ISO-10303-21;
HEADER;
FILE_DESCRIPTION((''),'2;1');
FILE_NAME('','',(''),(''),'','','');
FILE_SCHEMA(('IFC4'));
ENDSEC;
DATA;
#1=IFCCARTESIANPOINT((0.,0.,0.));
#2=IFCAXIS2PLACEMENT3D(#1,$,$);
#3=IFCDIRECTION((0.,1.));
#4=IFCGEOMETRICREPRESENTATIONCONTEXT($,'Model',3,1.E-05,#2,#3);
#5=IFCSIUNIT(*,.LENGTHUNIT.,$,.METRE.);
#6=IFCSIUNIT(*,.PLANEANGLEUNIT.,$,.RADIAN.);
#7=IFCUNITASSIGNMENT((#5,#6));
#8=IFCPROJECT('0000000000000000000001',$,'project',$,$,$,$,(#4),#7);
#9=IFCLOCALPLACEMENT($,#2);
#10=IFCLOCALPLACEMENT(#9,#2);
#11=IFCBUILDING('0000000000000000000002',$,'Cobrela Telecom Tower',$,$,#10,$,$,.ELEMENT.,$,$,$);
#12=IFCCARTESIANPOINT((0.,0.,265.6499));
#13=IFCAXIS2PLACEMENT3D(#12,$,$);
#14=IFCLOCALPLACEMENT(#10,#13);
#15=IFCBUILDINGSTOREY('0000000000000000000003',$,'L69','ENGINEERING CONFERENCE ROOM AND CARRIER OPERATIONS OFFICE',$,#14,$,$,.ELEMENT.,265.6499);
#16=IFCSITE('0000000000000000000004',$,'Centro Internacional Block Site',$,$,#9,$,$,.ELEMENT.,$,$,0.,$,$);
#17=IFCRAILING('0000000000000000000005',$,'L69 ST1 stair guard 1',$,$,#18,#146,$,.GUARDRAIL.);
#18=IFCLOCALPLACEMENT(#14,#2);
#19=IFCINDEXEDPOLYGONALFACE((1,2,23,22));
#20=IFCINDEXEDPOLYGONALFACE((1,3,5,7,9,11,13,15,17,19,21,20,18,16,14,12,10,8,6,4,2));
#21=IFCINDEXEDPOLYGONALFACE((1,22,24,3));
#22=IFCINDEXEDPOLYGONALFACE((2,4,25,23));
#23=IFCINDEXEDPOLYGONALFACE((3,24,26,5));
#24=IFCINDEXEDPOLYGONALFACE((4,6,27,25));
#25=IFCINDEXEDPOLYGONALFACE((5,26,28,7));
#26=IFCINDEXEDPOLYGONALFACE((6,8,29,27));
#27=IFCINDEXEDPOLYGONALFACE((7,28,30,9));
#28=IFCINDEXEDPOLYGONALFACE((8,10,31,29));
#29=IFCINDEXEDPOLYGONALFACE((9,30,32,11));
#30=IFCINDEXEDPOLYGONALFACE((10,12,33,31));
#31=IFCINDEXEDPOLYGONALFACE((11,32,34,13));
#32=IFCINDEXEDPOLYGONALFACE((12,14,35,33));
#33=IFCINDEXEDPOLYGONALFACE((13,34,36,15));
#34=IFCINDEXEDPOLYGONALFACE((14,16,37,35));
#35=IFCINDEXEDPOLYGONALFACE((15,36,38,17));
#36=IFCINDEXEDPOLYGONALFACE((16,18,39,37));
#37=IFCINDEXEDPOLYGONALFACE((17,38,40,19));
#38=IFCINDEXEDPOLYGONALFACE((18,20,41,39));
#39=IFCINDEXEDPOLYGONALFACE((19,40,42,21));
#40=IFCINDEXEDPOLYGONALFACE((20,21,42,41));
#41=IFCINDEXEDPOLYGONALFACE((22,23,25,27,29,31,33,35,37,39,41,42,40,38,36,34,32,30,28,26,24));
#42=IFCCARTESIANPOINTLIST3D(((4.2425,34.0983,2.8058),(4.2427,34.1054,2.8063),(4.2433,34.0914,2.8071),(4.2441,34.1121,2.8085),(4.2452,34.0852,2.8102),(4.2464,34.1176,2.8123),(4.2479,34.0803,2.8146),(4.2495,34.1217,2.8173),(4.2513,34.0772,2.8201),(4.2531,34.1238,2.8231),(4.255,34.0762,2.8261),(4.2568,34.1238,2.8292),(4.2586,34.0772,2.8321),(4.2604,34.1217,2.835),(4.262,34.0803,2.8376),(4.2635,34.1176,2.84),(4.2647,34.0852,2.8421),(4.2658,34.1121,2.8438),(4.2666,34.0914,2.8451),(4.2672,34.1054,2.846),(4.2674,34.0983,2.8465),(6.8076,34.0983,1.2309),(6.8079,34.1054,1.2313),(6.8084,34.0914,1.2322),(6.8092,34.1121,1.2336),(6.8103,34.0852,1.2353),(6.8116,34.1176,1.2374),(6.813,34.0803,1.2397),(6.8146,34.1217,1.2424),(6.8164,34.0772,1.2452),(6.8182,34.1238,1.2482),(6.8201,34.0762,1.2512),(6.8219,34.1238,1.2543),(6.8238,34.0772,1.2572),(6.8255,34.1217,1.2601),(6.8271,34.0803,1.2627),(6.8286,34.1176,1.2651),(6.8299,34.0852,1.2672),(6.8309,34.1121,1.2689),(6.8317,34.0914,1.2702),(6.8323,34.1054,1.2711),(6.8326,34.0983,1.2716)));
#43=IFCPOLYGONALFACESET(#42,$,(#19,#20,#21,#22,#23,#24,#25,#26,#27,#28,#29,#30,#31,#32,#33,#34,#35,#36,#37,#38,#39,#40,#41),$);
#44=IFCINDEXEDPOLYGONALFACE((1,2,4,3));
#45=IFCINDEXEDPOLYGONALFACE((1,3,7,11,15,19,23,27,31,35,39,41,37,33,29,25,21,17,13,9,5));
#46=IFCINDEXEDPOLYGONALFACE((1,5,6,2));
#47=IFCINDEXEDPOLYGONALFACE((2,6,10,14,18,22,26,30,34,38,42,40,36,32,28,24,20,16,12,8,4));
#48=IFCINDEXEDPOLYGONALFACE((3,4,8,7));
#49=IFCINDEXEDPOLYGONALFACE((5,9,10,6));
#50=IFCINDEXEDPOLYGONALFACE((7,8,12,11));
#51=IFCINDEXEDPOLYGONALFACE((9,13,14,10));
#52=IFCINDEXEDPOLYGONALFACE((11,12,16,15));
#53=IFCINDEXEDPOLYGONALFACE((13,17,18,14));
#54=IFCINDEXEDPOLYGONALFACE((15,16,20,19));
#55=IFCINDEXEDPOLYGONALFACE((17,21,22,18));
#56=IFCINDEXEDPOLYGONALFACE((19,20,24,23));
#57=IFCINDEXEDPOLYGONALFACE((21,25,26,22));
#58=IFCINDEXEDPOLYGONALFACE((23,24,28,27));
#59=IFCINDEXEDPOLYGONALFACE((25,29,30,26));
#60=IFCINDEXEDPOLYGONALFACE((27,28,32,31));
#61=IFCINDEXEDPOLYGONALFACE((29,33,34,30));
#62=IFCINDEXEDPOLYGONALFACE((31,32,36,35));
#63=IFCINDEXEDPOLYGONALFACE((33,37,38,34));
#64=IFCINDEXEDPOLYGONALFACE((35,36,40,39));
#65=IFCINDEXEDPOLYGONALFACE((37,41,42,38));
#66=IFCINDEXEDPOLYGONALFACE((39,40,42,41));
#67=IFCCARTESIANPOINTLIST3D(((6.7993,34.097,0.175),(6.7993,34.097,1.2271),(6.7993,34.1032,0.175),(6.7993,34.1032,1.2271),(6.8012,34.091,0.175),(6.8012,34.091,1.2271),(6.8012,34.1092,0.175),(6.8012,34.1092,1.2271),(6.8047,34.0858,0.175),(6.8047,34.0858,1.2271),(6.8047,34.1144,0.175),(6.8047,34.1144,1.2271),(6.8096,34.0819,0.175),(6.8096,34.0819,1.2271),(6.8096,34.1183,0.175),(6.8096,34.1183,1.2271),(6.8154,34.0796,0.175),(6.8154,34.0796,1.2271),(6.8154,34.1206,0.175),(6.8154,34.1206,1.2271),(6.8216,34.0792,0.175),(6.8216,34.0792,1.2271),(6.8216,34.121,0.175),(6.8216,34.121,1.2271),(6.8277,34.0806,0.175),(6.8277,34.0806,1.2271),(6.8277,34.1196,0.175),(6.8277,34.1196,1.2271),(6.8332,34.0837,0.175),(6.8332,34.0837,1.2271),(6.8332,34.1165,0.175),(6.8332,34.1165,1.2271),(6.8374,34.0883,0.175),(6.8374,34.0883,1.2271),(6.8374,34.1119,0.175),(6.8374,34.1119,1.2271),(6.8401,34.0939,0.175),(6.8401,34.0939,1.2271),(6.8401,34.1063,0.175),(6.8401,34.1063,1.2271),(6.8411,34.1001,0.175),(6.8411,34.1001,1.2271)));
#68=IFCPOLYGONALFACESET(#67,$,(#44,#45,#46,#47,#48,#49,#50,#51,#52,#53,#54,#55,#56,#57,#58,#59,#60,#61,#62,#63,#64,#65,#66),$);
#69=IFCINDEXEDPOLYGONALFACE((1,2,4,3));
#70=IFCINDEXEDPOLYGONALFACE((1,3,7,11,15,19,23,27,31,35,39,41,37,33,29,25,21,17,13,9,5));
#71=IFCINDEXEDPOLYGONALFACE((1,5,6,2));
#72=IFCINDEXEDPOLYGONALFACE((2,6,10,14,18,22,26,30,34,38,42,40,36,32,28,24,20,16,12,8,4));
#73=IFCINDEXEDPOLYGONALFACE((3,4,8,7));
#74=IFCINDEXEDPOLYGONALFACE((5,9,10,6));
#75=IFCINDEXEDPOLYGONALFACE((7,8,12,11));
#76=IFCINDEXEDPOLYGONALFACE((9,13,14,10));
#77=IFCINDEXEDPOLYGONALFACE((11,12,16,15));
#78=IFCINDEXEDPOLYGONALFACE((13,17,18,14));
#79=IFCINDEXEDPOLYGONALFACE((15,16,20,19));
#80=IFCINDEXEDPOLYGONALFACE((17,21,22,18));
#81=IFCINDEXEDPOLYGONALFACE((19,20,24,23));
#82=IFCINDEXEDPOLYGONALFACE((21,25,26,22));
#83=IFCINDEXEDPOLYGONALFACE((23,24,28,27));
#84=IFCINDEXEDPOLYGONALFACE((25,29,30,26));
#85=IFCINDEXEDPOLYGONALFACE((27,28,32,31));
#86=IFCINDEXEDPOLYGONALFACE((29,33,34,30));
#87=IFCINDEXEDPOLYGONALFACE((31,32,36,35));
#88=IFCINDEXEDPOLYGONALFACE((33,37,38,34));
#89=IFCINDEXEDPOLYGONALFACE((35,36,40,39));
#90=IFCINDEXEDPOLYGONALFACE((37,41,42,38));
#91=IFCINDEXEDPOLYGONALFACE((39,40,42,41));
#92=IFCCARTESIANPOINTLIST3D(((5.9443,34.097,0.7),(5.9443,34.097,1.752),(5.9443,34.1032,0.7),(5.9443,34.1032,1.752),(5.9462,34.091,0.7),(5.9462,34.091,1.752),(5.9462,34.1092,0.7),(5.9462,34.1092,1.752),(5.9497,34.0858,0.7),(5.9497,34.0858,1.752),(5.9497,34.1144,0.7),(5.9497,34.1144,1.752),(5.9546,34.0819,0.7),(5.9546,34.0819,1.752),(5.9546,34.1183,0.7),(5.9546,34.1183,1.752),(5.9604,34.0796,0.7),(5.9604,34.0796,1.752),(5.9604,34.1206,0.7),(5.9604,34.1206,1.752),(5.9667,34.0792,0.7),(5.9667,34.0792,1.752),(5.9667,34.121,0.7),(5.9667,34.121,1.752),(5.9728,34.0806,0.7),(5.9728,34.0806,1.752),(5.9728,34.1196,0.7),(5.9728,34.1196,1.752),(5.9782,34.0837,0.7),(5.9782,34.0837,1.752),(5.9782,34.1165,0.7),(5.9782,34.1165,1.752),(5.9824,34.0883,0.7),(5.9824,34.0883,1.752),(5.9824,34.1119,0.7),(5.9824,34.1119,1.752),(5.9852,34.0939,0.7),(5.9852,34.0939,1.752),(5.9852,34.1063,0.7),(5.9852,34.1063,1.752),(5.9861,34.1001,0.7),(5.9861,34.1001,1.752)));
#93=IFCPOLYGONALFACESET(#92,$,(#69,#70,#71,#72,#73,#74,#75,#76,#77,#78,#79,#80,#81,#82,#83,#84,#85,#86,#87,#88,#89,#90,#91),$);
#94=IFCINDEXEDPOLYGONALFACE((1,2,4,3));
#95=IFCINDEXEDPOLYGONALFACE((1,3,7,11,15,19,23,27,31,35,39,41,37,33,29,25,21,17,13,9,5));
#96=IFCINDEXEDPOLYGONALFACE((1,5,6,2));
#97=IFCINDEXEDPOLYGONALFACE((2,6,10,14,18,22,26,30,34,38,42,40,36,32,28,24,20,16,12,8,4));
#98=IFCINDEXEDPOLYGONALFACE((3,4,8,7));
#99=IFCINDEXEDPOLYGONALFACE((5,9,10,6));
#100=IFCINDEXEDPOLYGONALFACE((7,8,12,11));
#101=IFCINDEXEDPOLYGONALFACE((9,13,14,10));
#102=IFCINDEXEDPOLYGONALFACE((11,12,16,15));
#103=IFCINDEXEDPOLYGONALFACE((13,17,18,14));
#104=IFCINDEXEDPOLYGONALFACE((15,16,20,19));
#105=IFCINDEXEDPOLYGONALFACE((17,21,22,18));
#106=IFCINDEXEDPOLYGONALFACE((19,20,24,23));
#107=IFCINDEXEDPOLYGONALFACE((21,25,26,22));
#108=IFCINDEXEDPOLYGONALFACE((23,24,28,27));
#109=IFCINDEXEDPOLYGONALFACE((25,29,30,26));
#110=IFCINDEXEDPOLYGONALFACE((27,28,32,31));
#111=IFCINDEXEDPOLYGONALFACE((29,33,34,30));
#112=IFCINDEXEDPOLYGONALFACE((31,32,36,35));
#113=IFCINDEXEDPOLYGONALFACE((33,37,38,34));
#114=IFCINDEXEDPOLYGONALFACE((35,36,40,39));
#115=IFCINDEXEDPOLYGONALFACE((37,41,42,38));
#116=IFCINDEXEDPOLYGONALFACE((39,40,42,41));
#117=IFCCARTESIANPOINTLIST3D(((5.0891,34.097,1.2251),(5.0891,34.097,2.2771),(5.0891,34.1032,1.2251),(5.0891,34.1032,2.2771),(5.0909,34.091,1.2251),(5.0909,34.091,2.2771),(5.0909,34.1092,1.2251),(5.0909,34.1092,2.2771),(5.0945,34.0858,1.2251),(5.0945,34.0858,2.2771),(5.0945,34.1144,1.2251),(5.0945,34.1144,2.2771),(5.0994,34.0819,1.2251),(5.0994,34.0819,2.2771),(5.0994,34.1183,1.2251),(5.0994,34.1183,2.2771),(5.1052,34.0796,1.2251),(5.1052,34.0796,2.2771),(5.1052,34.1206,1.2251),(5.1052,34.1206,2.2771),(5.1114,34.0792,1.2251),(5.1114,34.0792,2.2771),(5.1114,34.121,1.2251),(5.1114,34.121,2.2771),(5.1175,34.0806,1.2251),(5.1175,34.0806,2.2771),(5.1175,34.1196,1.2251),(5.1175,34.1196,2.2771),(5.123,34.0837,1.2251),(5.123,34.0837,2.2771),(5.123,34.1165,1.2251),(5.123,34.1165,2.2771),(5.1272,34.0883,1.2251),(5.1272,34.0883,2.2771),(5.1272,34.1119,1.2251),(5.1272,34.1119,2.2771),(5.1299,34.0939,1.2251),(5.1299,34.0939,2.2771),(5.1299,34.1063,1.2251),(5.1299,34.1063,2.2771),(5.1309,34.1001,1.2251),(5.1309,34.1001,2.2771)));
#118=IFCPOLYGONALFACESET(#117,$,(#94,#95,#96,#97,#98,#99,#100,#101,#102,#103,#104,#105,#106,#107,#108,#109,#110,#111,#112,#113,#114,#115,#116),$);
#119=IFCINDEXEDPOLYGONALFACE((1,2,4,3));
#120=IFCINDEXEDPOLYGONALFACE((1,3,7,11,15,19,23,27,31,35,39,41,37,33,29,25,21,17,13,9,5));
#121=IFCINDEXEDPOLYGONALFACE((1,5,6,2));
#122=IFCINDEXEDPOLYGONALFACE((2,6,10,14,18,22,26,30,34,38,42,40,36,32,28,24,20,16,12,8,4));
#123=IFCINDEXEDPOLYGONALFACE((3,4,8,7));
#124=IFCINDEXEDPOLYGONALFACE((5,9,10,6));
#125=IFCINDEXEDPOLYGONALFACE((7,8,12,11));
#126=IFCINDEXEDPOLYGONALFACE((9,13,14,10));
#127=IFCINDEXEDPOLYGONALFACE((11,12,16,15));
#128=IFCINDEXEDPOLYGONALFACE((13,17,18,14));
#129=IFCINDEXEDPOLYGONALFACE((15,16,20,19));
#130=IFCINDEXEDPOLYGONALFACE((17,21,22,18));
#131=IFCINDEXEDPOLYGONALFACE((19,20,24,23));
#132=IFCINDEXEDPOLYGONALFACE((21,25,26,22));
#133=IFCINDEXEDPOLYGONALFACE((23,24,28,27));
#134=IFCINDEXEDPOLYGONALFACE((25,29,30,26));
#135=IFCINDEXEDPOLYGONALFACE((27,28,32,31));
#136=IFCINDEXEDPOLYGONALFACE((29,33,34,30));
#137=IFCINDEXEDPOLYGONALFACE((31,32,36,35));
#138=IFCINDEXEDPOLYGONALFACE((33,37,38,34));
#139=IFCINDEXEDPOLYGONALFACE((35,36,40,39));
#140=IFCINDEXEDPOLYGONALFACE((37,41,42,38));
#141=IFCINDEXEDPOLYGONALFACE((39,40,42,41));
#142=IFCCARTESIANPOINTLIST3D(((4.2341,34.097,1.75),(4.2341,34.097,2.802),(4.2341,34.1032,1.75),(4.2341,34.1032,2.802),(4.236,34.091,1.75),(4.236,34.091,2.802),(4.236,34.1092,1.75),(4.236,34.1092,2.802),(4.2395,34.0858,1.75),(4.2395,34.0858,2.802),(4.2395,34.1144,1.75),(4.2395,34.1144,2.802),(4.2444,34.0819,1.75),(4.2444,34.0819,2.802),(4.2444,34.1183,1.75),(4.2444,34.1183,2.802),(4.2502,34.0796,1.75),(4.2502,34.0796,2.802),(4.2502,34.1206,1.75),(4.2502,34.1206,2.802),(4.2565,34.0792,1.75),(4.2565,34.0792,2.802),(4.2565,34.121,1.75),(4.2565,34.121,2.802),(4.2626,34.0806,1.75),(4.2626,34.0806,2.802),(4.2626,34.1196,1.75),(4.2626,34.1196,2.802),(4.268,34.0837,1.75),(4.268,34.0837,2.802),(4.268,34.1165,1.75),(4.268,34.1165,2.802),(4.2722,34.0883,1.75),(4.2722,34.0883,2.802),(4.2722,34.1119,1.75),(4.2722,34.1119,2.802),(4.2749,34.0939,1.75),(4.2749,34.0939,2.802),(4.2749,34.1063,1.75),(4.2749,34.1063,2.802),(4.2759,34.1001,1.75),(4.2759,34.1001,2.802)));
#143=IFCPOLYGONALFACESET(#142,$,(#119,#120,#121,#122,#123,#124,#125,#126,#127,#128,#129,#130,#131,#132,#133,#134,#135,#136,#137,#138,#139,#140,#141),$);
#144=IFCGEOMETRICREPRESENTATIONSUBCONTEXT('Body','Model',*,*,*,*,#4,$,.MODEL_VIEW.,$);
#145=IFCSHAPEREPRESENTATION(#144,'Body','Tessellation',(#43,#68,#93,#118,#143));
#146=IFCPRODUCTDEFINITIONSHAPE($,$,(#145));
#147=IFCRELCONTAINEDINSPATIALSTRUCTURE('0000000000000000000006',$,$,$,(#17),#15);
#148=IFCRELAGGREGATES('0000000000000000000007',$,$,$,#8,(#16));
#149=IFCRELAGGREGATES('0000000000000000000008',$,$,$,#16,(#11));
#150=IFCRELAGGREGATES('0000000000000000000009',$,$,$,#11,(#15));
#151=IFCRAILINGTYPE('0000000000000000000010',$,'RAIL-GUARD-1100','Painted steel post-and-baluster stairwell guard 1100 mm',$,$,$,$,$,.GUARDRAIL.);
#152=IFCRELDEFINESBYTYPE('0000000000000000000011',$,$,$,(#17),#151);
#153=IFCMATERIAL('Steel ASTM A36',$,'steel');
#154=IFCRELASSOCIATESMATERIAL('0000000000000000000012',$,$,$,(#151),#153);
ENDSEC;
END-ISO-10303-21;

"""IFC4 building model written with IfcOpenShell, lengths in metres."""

from ifc_helpers import new_model, si_unit, direction, frame, origin, origin_2d, place, context, subcontext, project, spatial, circle, extrude, material, type_object, element, save


model = new_model("IFC4")

# Units and contexts
model_context = context("Model", 3, precision=1e-05, world=origin(), true_north=direction((0.0, 1.0)))
body_context = subcontext(model_context, "Body", "Model", "MODEL_VIEW")
ifc_project = project(units=[si_unit("LENGTHUNIT", "METRE"), si_unit("PLANEANGLEUNIT", "RADIAN")], contexts=[model_context])

# Site, building, storey
site_placement = place(None, origin())
site = spatial("IfcSite", under=ifc_project, at=site_placement, Name="Centro Internacional Block Site", CompositionType="ELEMENT", RefElevation=0.0)
building_placement = place(site_placement, origin())
building = spatial("IfcBuilding", under=site, at=building_placement, Name="Cobrela Telecom Tower", CompositionType="ELEMENT")
storey_placement = place(building_placement, frame((0.0, 0.0, 265.6499)))
storey = spatial("IfcBuildingStorey", under=building, at=storey_placement, Name="L69", Description="ENGINEERING CONFERENCE ROOM AND CARRIER OPERATIONS OFFICE", CompositionType="ELEMENT", Elevation=265.6499)

# Shared definitions
ifc_material_1 = material(Name="Steel ASTM A36", Category="steel")

# Railing
railing_type_1 = type_object("IfcRailingType", Name="RAIL-GUARD-1100", Description="Painted steel post-and-baluster stairwell guard 1100 mm", PredefinedType="GUARDRAIL", material=ifc_material_1)
railing_1_placement = place(storey_placement, frame((6.8201, 34.1001, 0.175)))
element("IfcRailing", 1, at=railing_1_placement, inside=storey, type_object=railing_type_1, Name="L69 ST1 stair guard 1", PredefinedType="GUARDRAIL", context=body_context, shape_type="SweptSolid", body=[
    extrude(circle(Radius=0.0239, at=origin_2d()), frame((0.0, 0.0, 1.0762), z_axis=(-0.852195, 0.0, 0.523224), x_axis=(0.0, -1.0, 0.0)), (0.0, 0.0, 1.0), 3.01),
    extrude(circle(Radius=0.021, at=origin_2d()), origin(), (0.0, 0.0, 1.0), 1.052),
    extrude(circle(Radius=0.021, at=origin_2d()), frame((-0.855, 0.0, 0.5249)), (0.0, 0.0, 1.0), 1.052),
    extrude(circle(Radius=0.021, at=origin_2d()), frame((-1.7102, 0.0, 1.05)), (0.0, 0.0, 1.0), 1.052),
    extrude(circle(Radius=0.021, at=origin_2d()), frame((-2.5652, 0.0, 1.575)), (0.0, 0.0, 1.0), 1.052),
])

save(model, "model.ifc")
